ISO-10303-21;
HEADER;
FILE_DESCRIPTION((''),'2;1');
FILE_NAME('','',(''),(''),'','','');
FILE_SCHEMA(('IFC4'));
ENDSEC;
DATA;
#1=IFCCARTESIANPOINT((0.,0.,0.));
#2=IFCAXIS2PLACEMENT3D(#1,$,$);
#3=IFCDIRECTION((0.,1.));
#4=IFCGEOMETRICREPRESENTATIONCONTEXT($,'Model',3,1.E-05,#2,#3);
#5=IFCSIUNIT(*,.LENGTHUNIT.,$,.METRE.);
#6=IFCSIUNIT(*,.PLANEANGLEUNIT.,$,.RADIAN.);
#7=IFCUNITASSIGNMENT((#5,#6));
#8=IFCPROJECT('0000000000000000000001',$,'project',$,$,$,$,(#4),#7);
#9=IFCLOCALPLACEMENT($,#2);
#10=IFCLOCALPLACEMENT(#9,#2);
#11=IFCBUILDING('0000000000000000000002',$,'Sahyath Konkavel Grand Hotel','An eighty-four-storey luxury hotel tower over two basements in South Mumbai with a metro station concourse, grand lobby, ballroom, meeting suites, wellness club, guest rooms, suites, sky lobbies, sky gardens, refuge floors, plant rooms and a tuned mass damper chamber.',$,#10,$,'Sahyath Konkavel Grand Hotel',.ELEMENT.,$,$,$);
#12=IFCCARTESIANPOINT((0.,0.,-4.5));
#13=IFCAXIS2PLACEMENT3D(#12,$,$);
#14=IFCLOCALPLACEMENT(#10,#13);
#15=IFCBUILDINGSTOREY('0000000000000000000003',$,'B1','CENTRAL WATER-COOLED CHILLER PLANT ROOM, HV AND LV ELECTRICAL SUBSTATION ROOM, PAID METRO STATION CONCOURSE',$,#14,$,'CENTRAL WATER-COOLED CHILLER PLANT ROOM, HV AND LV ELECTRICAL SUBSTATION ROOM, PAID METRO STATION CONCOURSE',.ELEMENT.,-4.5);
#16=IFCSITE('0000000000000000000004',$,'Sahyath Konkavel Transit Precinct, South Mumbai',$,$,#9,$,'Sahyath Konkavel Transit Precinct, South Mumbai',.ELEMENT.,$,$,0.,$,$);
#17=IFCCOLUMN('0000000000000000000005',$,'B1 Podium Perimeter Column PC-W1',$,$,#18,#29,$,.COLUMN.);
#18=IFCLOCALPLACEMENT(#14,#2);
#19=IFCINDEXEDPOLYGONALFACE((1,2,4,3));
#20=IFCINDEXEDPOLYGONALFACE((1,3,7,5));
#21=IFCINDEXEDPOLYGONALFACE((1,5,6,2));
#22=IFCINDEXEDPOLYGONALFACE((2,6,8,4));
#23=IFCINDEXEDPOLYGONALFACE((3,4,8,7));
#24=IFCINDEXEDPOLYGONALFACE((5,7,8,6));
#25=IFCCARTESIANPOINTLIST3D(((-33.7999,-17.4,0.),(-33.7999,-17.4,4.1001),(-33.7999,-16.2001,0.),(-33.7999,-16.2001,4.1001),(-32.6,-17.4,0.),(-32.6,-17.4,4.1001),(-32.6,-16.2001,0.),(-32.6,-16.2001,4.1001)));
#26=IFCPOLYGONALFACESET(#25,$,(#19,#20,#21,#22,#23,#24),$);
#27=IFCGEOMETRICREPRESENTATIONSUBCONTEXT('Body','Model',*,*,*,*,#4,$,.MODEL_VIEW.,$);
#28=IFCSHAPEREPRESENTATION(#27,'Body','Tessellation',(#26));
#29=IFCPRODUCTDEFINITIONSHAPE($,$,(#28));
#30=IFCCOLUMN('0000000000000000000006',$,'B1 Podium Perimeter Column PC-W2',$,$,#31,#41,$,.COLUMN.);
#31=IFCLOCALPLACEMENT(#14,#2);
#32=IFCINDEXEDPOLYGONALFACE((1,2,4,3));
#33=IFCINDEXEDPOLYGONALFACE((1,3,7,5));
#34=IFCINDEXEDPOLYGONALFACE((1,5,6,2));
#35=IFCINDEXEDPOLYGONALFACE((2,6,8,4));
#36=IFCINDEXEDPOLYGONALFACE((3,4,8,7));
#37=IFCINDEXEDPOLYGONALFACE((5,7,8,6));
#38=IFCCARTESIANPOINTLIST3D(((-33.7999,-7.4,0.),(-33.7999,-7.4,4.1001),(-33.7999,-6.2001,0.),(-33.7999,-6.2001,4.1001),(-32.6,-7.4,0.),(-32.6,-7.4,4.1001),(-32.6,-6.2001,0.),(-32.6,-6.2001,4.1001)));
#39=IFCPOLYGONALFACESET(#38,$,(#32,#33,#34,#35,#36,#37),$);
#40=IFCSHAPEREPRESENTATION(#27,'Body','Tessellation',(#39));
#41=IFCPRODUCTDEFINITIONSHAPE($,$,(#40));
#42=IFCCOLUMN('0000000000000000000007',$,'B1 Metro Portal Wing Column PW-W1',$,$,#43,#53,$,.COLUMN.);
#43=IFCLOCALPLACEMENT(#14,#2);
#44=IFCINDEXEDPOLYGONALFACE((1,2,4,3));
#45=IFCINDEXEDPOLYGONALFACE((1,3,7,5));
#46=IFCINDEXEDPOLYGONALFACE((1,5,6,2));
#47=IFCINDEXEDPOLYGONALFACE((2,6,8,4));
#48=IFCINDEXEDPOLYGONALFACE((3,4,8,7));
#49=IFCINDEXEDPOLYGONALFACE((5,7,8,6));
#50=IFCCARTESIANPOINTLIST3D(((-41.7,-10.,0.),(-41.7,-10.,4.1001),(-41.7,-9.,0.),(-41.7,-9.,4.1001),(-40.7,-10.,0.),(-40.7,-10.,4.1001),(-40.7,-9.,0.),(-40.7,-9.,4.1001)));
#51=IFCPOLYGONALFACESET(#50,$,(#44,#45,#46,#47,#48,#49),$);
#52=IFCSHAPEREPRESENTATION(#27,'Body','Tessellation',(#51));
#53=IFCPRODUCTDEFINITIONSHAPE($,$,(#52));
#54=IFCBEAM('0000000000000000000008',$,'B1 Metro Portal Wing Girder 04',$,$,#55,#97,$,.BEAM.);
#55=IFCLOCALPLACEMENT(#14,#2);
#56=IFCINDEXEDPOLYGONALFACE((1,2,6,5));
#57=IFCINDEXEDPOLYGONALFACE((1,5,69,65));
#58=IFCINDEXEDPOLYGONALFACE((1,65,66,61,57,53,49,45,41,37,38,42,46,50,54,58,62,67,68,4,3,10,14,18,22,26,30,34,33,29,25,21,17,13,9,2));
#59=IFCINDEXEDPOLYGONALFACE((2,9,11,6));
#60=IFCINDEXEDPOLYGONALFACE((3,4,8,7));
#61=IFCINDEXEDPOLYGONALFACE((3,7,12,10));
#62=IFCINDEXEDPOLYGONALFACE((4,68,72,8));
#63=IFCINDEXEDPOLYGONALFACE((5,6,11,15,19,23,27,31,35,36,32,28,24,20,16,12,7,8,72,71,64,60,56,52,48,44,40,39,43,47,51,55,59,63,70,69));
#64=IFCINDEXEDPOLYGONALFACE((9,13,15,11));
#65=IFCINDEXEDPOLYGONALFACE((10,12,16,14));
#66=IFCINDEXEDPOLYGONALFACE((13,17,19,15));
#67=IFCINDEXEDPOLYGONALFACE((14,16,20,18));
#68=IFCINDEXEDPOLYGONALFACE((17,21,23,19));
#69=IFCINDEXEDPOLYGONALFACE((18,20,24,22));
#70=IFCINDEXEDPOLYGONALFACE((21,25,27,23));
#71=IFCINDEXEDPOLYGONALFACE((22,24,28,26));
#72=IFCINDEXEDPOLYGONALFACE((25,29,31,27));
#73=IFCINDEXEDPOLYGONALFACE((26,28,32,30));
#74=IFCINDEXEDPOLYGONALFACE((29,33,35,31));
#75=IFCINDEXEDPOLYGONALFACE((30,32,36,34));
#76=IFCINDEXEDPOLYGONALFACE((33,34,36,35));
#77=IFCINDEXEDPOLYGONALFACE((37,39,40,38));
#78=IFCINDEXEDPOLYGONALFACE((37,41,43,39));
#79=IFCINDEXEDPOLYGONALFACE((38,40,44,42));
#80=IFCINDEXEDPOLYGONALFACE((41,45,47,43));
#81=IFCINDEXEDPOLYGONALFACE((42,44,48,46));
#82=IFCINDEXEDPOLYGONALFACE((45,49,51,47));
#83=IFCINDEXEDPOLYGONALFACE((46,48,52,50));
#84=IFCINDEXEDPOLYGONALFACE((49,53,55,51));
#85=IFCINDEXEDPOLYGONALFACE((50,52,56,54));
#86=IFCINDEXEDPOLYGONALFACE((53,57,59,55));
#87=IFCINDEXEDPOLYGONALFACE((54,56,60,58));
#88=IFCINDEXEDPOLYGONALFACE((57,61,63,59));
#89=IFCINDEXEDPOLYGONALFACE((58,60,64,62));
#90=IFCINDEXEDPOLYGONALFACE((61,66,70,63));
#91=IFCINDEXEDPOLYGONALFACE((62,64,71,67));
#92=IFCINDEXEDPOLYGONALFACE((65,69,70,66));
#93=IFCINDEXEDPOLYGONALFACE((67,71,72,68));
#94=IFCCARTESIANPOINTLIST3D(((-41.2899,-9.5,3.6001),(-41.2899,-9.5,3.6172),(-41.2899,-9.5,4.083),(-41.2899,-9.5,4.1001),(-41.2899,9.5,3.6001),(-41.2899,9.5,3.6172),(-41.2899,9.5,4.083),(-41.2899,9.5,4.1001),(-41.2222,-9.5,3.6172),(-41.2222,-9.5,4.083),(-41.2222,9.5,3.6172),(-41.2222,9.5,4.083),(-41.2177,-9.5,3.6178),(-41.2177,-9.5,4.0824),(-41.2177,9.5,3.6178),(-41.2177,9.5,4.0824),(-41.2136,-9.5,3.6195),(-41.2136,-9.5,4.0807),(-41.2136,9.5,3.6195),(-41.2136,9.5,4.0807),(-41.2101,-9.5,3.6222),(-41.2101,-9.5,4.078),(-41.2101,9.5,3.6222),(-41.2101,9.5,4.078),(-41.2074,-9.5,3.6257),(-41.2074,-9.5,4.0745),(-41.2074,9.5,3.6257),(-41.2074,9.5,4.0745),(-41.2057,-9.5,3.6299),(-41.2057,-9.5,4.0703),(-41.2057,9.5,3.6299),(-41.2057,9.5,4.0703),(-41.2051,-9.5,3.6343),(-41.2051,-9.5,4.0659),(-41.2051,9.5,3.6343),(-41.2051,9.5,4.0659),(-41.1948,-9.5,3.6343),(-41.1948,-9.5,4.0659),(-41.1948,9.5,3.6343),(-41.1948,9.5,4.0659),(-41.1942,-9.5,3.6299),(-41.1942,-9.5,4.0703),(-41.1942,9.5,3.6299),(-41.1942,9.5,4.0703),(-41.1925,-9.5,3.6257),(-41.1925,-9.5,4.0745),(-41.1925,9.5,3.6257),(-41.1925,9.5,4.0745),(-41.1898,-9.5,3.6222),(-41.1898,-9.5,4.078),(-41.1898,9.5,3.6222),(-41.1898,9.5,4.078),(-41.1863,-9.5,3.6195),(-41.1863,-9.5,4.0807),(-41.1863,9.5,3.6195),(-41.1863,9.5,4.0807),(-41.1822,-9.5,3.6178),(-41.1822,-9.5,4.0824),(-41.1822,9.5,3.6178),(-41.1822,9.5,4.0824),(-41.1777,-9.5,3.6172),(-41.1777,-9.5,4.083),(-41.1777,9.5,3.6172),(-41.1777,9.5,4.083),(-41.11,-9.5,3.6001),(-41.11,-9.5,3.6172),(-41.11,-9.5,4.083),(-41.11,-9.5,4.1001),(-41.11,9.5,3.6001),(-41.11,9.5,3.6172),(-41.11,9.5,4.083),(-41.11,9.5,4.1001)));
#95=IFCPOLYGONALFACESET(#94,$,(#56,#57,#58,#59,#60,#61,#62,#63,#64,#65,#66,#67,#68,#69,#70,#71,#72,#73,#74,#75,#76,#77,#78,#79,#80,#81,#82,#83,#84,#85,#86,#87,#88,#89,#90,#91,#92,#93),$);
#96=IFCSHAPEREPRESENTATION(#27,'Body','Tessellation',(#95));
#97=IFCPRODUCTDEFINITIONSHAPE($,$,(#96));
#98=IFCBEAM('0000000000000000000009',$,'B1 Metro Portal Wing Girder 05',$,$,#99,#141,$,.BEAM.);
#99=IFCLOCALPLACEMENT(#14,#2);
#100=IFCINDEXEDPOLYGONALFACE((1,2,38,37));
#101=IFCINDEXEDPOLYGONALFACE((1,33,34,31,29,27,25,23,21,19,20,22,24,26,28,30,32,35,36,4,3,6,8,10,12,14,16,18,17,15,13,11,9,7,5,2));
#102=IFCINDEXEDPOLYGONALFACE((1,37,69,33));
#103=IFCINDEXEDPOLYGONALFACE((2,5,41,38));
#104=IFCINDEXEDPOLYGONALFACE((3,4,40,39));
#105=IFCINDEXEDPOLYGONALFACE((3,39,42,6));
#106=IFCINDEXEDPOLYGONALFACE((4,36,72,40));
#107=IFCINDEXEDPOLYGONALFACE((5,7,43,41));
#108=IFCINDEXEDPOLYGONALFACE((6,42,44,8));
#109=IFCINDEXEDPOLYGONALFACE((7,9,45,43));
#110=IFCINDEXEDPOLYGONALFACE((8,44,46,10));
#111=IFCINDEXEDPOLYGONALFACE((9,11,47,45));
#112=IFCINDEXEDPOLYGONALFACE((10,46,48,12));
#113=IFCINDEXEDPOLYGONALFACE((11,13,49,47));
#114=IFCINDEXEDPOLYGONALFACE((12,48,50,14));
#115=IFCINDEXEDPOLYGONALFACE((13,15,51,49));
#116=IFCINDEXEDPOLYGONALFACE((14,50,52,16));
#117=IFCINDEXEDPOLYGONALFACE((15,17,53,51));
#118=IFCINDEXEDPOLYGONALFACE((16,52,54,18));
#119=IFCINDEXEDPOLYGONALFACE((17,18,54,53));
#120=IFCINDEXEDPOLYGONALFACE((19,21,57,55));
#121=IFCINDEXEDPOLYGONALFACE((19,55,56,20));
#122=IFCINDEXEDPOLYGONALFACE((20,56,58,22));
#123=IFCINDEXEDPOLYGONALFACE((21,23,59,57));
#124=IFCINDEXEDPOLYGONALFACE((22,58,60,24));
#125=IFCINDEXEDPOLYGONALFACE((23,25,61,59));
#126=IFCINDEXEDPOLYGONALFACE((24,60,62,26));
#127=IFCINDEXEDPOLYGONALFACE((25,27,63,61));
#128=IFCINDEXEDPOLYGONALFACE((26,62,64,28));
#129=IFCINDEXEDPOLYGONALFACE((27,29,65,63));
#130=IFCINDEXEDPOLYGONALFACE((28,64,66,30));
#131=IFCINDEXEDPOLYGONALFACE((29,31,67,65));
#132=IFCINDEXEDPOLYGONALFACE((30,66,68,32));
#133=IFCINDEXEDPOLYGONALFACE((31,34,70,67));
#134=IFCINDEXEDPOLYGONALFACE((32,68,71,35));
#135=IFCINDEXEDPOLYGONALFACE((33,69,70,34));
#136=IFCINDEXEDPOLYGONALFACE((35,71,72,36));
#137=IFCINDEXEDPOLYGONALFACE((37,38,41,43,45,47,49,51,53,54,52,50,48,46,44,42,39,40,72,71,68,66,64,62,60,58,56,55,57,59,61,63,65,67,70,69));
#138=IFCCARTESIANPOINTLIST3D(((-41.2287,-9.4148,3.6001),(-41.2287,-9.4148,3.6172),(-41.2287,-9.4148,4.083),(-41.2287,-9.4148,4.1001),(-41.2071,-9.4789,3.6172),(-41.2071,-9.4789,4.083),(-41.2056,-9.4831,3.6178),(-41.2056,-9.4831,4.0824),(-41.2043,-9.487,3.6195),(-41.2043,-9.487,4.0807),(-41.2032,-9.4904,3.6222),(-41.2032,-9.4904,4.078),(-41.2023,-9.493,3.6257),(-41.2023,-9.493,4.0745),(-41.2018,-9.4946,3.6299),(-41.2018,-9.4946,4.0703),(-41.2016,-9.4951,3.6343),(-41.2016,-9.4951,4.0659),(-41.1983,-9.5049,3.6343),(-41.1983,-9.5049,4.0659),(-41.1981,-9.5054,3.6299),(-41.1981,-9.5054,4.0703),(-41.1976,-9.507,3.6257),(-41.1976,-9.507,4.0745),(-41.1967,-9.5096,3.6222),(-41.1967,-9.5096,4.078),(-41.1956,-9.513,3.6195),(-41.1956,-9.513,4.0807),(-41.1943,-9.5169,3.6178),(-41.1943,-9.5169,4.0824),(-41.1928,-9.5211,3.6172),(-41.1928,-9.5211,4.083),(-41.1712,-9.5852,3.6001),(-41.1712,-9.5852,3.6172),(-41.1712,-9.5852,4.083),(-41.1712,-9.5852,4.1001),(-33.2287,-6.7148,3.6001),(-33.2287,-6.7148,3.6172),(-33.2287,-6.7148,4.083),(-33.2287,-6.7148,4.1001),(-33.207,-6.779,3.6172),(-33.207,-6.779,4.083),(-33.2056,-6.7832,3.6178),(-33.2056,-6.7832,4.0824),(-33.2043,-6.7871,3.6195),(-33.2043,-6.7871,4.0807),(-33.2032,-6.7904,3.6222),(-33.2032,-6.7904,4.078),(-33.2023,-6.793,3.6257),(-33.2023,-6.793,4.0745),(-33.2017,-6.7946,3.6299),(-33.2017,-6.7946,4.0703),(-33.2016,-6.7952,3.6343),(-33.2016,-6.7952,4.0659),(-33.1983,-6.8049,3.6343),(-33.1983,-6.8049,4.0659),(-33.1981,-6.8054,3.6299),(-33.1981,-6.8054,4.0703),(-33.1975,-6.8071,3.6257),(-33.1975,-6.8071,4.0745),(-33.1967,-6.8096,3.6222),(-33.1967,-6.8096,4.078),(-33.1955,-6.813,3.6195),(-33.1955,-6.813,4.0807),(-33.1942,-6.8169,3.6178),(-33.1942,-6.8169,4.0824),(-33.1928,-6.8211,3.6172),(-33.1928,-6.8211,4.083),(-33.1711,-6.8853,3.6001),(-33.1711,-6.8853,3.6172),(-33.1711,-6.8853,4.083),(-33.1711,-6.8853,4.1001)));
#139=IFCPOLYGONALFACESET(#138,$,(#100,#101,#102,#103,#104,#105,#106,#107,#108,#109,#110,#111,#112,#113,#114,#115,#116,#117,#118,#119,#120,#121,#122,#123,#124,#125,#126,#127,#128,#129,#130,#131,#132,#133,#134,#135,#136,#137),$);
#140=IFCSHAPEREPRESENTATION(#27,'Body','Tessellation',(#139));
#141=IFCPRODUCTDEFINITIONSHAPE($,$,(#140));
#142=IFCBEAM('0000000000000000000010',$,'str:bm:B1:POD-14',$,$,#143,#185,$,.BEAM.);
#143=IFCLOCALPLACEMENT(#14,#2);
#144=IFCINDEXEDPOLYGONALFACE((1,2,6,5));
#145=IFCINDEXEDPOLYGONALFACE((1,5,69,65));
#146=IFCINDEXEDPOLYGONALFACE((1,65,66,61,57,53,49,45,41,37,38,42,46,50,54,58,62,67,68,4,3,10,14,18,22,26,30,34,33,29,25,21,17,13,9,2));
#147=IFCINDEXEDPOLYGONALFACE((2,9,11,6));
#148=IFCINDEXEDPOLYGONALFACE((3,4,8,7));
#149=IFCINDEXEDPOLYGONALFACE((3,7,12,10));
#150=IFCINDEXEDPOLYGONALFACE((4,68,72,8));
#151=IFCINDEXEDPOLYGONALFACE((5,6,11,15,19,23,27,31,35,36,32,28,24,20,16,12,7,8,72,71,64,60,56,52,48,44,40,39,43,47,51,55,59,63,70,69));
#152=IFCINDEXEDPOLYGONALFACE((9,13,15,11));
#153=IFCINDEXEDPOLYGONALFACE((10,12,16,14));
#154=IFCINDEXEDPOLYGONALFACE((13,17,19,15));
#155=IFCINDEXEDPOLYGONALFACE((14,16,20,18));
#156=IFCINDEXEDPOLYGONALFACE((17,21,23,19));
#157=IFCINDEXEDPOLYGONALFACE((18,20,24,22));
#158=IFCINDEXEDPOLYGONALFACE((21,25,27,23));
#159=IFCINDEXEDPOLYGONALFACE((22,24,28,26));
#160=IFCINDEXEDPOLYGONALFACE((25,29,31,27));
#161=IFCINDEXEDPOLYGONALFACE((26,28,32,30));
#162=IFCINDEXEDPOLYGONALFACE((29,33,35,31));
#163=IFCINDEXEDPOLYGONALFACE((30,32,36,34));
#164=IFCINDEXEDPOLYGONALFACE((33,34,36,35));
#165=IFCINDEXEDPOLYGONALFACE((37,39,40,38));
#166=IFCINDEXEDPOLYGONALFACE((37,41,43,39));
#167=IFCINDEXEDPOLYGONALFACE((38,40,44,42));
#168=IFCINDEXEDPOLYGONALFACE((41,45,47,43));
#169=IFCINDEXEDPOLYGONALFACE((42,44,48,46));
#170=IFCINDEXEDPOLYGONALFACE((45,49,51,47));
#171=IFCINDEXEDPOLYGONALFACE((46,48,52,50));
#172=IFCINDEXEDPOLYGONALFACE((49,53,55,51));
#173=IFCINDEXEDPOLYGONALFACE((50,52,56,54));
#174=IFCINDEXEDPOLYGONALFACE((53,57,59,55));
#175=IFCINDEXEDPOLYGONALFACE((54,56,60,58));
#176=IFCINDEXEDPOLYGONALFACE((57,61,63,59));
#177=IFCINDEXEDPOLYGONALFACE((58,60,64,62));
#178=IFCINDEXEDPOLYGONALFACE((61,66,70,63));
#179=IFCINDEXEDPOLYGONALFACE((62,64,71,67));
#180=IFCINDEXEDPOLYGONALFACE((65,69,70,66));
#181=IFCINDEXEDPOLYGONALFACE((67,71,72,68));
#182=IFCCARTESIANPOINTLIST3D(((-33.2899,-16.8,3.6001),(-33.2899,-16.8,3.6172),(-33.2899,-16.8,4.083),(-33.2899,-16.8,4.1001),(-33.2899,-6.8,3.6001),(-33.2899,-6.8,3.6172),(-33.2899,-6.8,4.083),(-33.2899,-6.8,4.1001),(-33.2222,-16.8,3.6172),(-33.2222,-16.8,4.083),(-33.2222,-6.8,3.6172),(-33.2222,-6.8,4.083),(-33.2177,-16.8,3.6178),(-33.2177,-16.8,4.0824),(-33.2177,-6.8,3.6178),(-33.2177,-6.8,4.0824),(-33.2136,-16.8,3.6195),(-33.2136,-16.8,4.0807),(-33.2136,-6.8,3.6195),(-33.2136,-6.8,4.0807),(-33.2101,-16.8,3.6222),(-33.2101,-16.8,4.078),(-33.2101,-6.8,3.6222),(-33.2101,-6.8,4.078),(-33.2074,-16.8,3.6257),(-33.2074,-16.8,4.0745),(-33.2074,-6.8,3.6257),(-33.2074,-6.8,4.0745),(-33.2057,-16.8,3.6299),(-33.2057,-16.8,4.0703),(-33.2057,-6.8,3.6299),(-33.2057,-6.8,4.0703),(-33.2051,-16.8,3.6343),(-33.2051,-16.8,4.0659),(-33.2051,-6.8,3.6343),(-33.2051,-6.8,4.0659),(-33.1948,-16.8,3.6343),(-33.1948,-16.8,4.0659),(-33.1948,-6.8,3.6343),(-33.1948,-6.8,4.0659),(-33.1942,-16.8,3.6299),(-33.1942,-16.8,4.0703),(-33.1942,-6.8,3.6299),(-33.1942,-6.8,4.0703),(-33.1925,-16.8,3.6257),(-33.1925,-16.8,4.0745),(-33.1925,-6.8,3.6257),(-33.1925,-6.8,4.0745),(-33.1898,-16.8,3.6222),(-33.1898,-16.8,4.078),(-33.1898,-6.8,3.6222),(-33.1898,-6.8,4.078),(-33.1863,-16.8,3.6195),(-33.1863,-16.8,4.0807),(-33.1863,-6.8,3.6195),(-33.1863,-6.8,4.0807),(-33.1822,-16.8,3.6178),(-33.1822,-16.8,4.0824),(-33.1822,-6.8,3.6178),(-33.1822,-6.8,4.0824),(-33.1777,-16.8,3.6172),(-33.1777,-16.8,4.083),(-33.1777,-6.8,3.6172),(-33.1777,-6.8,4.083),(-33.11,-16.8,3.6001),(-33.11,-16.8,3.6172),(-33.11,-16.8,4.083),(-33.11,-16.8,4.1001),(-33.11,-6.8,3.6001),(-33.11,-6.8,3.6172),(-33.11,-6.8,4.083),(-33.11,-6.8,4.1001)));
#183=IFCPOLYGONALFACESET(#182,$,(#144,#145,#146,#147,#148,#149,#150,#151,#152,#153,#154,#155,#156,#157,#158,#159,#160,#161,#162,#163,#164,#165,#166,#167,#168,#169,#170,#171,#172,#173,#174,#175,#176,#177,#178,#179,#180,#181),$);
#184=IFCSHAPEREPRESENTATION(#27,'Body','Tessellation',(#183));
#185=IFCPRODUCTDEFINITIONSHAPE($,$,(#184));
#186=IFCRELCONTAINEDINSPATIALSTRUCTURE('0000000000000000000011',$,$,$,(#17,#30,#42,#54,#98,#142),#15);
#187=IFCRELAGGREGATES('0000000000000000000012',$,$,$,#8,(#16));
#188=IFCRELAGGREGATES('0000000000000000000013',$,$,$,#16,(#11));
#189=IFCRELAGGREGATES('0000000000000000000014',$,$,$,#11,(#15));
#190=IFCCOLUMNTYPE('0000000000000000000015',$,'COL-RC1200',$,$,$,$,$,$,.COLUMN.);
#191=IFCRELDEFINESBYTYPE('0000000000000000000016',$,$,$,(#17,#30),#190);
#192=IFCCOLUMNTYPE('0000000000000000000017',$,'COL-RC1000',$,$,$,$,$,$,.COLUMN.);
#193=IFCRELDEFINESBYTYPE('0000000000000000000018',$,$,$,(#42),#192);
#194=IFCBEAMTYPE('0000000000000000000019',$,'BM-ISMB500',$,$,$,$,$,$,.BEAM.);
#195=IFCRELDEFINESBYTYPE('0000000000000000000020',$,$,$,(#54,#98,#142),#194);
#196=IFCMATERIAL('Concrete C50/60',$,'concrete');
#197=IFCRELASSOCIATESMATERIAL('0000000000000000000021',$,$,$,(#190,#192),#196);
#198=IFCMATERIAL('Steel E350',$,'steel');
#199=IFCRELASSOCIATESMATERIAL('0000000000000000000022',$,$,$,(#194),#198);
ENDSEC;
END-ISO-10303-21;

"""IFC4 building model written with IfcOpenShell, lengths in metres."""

from ifc_helpers import new_model, si_unit, direction, frame, origin, origin_2d, place, context, subcontext, project, spatial, rectangle, i_section, extrude, source, transform, mapped, material, material_profile, profile_set, type_object, element, save


model = new_model("IFC4")

# Units and contexts
model_context = context("Model", 3, precision=1e-05, world=origin(), true_north=direction((0.0, 1.0)))
body_context = subcontext(model_context, "Body", "Model", "MODEL_VIEW")
ifc_project = project(units=[si_unit("LENGTHUNIT", "METRE"), si_unit("PLANEANGLEUNIT", "RADIAN")], contexts=[model_context])

# Site, building, storey
site_placement = place(None, origin())
site = spatial("IfcSite", under=ifc_project, at=site_placement, Name="Sahyath Konkavel Transit Precinct, South Mumbai", LongName="Sahyath Konkavel Transit Precinct, South Mumbai", CompositionType="ELEMENT", RefElevation=0.0)
building_placement = place(site_placement, origin())
building = spatial("IfcBuilding", under=site, at=building_placement, Name="Sahyath Konkavel Grand Hotel", Description="An eighty-four-storey luxury hotel tower over two basements in South Mumbai with a metro station concourse, grand lobby, ballroom, meeting suites, wellness club, guest rooms, suites, sky lobbies, sky gardens, refuge floors, plant rooms and a tuned mass damper chamber.", LongName="Sahyath Konkavel Grand Hotel", CompositionType="ELEMENT")
storey_placement = place(building_placement, frame((0.0, 0.0, -4.5)))
storey = spatial("IfcBuildingStorey", under=building, at=storey_placement, Name="B1", Description="CENTRAL WATER-COOLED CHILLER PLANT ROOM, HV AND LV ELECTRICAL SUBSTATION ROOM, PAID METRO STATION CONCOURSE", LongName="CENTRAL WATER-COOLED CHILLER PLANT ROOM, HV AND LV ELECTRICAL SUBSTATION ROOM, PAID METRO STATION CONCOURSE", CompositionType="ELEMENT", Elevation=-4.5)

# Columns
ifc_material_1 = material(Name="Concrete C50/60", Category="concrete")
ifc_material_profile_1 = material_profile(ifc_material_1, rectangle(XDim=1.2, YDim=1.2, at=origin_2d()), Name="RC 1200x1200")
ifc_profile_set_1 = profile_set([ifc_material_profile_1], Name="Concrete C50/60")
column_type_1 = type_object("IfcColumnType", Name="COL-RC1200", PredefinedType="COLUMN", material=ifc_profile_set_1)
shared_shape_1 = source(origin(), body_context, "Body", "SweptSolid", [
    extrude(rectangle(XDim=1.2, YDim=1.2, at=origin_2d()), origin(), (0.0, 0.0, 1.0), 4.1001),
])
for number, where, z_axis, x_axis, name in (
    (1, (-33.2, -16.8, 0.0), (0.0, 0.0, 1.0), (1.0, 0.0, 0.0), "B1 Podium Perimeter Column PC-W1"),
    (2, (-33.2, -6.8, 0.0), (0.0, 0.0, 1.0), (1.0, 0.0, 0.0), "B1 Podium Perimeter Column PC-W2"),
):
    element("IfcColumn", number, at=place(storey_placement, frame(where, z_axis=z_axis, x_axis=x_axis)), inside=storey, type_object=column_type_1, Name=name, PredefinedType="COLUMN", context=body_context, shape_type="MappedRepresentation", body=[
        mapped(shared_shape_1, transform((0.0, 0.0, 0.0), scale=1.0)),
    ])
ifc_material_profile_2 = material_profile(ifc_material_1, rectangle(XDim=1.0, YDim=1.0, at=origin_2d()), Name="RC 1000x1000")
ifc_profile_set_2 = profile_set([ifc_material_profile_2], Name="Concrete C50/60")
column_type_2 = type_object("IfcColumnType", Name="COL-RC1000", PredefinedType="COLUMN", material=ifc_profile_set_2)
shared_shape_2 = source(origin(), body_context, "Body", "SweptSolid", [
    extrude(rectangle(XDim=1.0, YDim=1.0, at=origin_2d()), origin(), (0.0, 0.0, 1.0), 4.1001),
])
column_placement = place(storey_placement, frame((-41.2, -9.5, 0.0), z_axis=(0.0, 0.0, 1.0), x_axis=(1.0, 0.0, 0.0)))
element("IfcColumn", 3, at=column_placement, inside=storey, type_object=column_type_2, Name="B1 Metro Portal Wing Column PW-W1", PredefinedType="COLUMN", context=body_context, shape_type="MappedRepresentation", body=[
    mapped(shared_shape_2, transform((0.0, 0.0, 0.0), scale=1.0)),
])

# Beams
ifc_material_2 = material(Name="Steel E350", Category="steel")
ifc_material_profile_3 = material_profile(ifc_material_2, i_section(OverallWidth=0.1799, OverallDepth=0.5, WebThickness=0.0103, FlangeThickness=0.0171, FilletRadius=0.0171, at=origin_2d()), Name="ISMB 500")
ifc_profile_set_3 = profile_set([ifc_material_profile_3], Name="Steel E350")
beam_type_1 = type_object("IfcBeamType", Name="BM-ISMB500", PredefinedType="BEAM", material=ifc_profile_set_3)
shared_shape_3 = source(origin(), body_context, "Body", "SweptSolid", [
    extrude(i_section(OverallWidth=0.1799, OverallDepth=0.5, WebThickness=0.0103, FlangeThickness=0.0171, FilletRadius=0.0171, at=origin_2d()), origin(), (0.0, 0.0, 1.0), 19.0),
])
beam_1_placement = place(storey_placement, frame((-41.2, -9.5, 3.8501), z_axis=(0.0, 1.0, 0.0), x_axis=(-1.0, 0.0, 0.0)))
element("IfcBeam", 4, at=beam_1_placement, inside=storey, type_object=beam_type_1, Name="B1 Metro Portal Wing Girder 04", PredefinedType="BEAM", context=body_context, shape_type="MappedRepresentation", body=[
    mapped(shared_shape_3, transform((0.0, 0.0, 0.0), scale=1.0)),
])
shared_shape_4 = source(origin(), body_context, "Body", "SweptSolid", [
    extrude(i_section(OverallWidth=0.1799, OverallDepth=0.5, WebThickness=0.0103, FlangeThickness=0.0171, FilletRadius=0.0171, at=origin_2d()), origin(), (0.0, 0.0, 1.0), 8.4434),
])
beam_2_placement = place(storey_placement, frame((-41.2, -9.5, 3.8501), z_axis=(0.947494, 0.319773, 0.0), x_axis=(-0.319773, 0.947494, 0.0)))
element("IfcBeam", 5, at=beam_2_placement, inside=storey, type_object=beam_type_1, Name="B1 Metro Portal Wing Girder 05", PredefinedType="BEAM", context=body_context, shape_type="MappedRepresentation", body=[
    mapped(shared_shape_4, transform((0.0, 0.0, 0.0), scale=1.0)),
])
shared_shape_5 = source(origin(), body_context, "Body", "SweptSolid", [
    extrude(i_section(OverallWidth=0.1799, OverallDepth=0.5, WebThickness=0.0103, FlangeThickness=0.0171, FilletRadius=0.0171, at=origin_2d()), origin(), (0.0, 0.0, 1.0), 10.0),
])
beam_3_placement = place(storey_placement, frame((-33.2, -16.8, 3.8501), z_axis=(0.0, 1.0, 0.0), x_axis=(-1.0, 0.0, 0.0)))
element("IfcBeam", 6, at=beam_3_placement, inside=storey, type_object=beam_type_1, Name="str:bm:B1:POD-14", PredefinedType="BEAM", context=body_context, shape_type="MappedRepresentation", body=[
    mapped(shared_shape_5, transform((0.0, 0.0, 0.0), scale=1.0)),
])

save(model, "model.ifc")
